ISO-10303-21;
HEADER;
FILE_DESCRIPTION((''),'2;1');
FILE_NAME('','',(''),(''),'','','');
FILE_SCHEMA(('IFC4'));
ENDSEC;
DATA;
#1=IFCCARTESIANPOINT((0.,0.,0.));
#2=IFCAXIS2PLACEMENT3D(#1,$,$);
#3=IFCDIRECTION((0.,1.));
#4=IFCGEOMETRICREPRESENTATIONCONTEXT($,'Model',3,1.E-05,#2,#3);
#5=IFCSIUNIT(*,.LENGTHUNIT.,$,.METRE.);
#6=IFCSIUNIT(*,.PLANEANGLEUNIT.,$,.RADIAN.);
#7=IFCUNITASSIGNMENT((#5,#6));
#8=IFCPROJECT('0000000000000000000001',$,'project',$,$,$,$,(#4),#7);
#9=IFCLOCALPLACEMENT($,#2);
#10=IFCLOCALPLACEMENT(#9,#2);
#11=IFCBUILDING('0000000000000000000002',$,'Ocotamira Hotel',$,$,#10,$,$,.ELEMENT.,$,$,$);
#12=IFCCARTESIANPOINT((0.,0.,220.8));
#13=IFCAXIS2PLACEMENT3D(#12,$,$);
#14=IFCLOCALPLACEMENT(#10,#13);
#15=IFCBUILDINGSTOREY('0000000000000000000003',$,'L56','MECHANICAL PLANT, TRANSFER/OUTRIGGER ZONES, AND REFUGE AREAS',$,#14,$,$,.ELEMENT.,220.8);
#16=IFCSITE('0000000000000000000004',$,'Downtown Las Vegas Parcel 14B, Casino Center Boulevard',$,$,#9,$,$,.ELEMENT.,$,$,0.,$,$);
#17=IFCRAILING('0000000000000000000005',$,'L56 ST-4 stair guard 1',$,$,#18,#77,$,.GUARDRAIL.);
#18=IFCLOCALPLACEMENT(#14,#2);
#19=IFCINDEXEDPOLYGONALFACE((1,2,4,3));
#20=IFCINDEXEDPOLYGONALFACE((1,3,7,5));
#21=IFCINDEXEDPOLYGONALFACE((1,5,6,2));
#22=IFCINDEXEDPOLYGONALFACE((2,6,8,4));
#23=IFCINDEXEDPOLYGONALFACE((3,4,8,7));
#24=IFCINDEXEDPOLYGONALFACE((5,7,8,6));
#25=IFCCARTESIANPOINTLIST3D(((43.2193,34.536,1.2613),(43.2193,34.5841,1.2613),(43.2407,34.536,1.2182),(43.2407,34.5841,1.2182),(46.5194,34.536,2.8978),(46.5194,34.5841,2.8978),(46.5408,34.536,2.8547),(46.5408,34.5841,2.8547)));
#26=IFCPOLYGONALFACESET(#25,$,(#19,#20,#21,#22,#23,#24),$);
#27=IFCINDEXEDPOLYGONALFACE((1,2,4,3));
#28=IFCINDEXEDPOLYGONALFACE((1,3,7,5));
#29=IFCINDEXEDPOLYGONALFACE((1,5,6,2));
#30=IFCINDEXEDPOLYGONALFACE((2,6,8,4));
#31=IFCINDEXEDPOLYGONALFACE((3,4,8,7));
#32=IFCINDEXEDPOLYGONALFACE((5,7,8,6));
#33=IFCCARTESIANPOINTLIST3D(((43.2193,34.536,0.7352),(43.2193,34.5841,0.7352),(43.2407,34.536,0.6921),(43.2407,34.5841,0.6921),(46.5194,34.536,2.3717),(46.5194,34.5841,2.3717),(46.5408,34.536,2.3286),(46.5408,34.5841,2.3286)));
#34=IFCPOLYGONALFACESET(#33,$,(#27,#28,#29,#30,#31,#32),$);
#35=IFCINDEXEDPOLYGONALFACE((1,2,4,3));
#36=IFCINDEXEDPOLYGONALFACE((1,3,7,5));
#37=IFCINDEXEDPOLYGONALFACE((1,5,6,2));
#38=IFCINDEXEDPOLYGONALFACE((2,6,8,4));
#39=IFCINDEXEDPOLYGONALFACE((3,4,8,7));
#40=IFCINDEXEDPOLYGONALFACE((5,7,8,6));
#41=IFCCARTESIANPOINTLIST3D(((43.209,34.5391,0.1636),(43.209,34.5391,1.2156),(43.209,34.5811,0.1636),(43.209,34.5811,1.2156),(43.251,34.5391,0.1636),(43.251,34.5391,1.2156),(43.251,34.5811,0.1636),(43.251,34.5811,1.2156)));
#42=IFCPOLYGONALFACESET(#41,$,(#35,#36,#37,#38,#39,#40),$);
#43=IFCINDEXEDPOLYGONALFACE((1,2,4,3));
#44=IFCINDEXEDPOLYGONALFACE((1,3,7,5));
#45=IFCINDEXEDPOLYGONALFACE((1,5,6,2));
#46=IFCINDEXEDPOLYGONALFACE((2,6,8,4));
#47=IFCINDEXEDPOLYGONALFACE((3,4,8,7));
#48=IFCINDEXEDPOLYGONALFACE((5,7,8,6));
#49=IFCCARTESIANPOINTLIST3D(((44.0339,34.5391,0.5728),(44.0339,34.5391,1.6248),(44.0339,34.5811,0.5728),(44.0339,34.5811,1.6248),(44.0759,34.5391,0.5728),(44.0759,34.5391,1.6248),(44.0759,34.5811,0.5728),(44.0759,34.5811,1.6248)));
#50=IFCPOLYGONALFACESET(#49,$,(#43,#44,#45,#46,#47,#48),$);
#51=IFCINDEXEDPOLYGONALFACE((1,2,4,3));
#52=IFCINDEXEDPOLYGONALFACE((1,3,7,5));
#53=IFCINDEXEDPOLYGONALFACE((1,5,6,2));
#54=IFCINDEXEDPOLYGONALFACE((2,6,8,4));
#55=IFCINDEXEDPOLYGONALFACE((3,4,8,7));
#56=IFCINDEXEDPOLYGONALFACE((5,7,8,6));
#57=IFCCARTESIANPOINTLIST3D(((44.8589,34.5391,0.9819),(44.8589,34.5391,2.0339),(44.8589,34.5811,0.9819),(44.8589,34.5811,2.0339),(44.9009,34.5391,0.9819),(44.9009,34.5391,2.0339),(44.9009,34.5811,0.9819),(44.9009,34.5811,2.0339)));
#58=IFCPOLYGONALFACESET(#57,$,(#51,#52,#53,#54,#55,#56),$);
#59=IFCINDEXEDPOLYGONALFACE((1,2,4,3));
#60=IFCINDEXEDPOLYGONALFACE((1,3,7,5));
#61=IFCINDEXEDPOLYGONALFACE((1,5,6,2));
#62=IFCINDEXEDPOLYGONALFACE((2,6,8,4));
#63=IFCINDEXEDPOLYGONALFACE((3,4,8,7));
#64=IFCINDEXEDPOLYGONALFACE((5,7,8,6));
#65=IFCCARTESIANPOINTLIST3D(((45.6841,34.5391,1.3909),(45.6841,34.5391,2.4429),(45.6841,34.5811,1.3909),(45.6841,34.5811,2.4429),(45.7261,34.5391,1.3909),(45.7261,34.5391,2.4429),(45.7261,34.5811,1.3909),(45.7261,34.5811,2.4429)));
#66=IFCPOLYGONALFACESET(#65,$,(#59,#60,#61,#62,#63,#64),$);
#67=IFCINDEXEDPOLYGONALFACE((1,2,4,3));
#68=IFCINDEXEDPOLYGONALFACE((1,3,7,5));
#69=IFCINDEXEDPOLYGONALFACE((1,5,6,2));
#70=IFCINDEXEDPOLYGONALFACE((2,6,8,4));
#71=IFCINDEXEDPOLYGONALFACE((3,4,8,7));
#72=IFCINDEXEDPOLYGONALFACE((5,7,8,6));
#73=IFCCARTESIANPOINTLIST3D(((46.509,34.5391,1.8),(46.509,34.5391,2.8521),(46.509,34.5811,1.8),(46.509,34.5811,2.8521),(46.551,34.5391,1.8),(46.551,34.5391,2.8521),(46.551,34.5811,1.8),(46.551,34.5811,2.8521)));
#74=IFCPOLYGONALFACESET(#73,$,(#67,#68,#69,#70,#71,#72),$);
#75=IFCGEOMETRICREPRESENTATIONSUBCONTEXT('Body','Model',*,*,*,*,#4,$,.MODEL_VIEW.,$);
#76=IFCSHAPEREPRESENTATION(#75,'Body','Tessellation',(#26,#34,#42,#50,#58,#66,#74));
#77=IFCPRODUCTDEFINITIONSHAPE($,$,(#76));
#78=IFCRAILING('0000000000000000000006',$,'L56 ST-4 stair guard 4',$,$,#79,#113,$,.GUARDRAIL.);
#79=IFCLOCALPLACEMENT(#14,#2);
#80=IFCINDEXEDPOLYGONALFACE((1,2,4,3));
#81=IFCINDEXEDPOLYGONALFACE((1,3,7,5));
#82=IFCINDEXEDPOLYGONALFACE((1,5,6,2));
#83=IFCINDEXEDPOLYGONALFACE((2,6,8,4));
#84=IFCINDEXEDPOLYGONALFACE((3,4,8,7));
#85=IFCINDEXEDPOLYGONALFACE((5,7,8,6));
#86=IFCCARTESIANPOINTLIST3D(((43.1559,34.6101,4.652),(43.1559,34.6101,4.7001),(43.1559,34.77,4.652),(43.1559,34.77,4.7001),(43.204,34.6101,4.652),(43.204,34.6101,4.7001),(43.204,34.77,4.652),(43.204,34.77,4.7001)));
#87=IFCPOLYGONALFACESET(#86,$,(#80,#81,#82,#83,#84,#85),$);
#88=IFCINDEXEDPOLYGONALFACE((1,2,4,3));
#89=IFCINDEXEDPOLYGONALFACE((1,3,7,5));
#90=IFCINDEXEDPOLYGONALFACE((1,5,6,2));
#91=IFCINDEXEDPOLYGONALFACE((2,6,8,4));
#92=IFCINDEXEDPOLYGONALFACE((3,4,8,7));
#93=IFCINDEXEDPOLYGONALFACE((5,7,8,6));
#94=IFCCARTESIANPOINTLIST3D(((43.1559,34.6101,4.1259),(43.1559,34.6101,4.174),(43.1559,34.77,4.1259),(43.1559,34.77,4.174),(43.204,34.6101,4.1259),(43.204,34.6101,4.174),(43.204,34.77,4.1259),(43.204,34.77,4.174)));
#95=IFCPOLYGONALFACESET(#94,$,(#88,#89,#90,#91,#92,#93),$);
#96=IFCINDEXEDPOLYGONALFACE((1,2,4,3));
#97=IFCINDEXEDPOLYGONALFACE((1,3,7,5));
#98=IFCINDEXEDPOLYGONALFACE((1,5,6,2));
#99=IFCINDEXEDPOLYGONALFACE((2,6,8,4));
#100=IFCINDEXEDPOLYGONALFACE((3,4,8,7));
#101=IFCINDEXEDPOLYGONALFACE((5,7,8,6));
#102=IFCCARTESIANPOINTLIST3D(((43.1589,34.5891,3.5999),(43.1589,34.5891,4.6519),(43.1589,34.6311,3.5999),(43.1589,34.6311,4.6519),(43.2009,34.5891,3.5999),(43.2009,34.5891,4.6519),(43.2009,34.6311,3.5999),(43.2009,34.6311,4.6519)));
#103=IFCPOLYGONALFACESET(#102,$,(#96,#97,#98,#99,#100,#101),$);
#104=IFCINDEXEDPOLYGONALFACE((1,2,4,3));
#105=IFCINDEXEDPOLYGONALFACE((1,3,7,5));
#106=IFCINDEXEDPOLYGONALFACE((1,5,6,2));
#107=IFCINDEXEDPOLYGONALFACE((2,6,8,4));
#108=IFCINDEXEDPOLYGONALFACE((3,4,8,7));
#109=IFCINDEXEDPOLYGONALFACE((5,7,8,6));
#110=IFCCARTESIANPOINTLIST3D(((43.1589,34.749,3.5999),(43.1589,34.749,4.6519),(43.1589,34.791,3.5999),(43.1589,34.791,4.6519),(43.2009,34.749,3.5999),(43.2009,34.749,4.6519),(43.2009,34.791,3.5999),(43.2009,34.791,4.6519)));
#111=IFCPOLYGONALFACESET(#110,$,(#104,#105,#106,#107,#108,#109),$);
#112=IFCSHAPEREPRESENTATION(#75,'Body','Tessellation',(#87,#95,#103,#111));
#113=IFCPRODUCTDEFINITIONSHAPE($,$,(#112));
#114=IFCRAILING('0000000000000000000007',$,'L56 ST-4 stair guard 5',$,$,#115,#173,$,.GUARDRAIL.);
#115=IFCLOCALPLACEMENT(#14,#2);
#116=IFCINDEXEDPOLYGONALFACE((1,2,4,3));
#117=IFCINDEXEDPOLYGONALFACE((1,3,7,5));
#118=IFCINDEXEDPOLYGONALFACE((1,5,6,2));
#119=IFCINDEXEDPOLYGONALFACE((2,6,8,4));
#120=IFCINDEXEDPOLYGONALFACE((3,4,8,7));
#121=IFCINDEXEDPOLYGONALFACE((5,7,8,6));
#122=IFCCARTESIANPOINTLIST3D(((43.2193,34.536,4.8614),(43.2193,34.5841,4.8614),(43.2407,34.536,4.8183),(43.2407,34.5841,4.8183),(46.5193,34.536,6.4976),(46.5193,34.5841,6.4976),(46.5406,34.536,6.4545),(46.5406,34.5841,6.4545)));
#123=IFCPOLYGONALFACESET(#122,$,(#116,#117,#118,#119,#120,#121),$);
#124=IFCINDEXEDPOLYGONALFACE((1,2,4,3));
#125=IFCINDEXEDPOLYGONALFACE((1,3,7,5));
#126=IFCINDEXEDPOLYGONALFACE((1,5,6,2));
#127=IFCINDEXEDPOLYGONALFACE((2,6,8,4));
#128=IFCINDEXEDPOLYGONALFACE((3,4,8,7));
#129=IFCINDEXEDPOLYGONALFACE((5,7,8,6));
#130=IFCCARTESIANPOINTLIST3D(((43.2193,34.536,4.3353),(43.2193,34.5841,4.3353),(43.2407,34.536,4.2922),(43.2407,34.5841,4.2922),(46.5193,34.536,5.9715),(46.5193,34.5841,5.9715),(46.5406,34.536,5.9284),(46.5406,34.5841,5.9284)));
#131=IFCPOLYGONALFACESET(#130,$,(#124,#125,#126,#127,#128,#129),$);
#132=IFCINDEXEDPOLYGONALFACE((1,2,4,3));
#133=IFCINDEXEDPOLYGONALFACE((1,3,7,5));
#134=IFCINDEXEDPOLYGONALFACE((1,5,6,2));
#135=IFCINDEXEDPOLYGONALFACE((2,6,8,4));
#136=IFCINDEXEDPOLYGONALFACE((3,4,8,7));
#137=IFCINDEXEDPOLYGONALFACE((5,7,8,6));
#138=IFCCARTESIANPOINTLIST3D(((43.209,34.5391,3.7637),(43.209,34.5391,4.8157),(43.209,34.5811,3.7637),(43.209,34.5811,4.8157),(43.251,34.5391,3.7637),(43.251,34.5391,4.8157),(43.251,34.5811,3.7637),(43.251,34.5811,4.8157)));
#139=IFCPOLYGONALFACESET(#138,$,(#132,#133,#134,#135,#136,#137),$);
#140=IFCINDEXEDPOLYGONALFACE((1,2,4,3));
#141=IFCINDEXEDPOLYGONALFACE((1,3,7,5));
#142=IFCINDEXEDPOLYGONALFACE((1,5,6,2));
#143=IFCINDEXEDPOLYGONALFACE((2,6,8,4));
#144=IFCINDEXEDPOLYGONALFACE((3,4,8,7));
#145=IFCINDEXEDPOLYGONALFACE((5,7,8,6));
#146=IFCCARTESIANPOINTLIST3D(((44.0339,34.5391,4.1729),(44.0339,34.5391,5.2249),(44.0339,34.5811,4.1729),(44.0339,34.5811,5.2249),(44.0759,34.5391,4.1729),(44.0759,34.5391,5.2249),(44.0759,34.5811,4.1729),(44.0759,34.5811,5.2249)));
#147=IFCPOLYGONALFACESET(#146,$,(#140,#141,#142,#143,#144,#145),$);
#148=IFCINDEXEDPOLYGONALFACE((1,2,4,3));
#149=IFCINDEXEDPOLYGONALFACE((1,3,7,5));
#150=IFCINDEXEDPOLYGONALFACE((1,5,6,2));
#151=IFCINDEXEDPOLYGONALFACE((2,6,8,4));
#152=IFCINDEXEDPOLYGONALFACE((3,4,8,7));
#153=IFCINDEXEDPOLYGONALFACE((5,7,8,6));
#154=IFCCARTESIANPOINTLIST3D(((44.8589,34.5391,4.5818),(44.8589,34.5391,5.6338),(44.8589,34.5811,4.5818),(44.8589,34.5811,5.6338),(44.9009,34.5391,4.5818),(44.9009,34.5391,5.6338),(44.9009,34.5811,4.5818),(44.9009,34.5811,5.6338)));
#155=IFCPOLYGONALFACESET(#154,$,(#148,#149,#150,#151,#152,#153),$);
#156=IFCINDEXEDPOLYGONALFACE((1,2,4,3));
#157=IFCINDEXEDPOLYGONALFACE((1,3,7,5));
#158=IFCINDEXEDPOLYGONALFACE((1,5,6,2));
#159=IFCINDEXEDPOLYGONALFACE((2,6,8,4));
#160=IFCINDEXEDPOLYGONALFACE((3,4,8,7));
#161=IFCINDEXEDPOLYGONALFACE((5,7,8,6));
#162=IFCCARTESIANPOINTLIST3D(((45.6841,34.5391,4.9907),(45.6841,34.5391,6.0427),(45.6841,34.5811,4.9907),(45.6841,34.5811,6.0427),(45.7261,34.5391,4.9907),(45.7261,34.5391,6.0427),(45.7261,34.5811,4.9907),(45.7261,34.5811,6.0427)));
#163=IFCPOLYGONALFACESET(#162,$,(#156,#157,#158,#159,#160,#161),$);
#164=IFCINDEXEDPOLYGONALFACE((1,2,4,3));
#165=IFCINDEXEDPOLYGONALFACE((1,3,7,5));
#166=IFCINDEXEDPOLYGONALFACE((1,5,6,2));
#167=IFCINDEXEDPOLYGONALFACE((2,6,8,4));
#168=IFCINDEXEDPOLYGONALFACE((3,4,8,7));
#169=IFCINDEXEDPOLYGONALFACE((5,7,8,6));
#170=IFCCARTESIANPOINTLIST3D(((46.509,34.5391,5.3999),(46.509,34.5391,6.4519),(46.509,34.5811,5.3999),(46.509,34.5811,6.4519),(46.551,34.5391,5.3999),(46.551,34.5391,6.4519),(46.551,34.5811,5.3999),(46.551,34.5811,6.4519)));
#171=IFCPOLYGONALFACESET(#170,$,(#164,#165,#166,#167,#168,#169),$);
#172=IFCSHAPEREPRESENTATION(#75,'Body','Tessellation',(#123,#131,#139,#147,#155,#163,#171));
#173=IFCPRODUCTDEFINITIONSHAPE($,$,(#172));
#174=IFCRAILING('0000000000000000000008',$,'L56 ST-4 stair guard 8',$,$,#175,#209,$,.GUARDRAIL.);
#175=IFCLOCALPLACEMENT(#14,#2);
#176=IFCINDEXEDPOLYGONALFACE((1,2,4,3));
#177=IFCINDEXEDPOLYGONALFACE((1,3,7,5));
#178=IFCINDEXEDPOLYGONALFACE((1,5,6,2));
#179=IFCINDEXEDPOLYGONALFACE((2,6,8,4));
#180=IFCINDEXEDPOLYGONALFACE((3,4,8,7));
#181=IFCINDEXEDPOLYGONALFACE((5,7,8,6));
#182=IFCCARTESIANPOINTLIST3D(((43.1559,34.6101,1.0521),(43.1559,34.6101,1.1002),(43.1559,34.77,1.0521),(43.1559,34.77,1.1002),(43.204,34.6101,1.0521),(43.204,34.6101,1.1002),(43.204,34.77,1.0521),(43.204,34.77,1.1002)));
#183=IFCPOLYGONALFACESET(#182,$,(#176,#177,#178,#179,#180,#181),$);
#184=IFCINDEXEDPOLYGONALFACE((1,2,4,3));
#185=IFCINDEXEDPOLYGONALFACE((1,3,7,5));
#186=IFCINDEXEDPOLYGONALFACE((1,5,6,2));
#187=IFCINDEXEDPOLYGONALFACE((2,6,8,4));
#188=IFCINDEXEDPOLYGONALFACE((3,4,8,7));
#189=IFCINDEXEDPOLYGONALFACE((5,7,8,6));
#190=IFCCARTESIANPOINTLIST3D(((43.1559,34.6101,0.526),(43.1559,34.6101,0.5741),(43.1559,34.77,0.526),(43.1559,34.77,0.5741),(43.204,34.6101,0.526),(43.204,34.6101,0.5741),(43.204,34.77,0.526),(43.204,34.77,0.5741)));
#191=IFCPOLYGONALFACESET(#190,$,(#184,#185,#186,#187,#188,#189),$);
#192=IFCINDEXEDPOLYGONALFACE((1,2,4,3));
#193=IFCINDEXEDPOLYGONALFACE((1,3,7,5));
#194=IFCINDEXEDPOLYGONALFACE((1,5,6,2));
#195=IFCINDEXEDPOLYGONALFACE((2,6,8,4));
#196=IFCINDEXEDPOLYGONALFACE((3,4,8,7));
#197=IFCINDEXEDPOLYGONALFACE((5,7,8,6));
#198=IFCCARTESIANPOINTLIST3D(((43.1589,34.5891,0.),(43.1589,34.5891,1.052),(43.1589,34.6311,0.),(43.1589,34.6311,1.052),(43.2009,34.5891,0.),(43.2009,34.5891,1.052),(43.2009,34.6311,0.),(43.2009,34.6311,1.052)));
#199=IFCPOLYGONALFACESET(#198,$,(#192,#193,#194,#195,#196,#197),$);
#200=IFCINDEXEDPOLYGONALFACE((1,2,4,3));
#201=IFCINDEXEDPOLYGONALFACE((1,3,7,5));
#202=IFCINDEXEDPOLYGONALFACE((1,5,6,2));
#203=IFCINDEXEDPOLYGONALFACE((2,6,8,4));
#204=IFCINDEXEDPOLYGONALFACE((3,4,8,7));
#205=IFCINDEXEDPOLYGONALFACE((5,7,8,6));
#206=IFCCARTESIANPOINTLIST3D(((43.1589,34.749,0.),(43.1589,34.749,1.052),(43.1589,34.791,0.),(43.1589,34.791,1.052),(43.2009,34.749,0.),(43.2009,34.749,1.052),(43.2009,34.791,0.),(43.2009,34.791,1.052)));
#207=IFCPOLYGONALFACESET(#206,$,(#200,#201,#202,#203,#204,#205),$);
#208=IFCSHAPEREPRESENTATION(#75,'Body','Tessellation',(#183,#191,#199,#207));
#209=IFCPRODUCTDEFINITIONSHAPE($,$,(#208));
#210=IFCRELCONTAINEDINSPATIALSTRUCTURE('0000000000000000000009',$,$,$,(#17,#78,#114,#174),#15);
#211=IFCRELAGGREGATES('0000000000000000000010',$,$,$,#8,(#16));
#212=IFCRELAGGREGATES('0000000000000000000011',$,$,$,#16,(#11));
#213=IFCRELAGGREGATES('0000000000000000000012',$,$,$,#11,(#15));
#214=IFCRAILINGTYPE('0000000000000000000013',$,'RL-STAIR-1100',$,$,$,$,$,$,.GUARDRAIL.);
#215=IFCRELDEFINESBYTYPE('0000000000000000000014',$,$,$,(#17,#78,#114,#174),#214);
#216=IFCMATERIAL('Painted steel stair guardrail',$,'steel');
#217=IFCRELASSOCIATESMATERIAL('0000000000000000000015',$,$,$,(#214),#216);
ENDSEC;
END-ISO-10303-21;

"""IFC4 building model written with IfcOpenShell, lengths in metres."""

from ifc_helpers import new_model, si_unit, direction, frame, origin, origin_2d, place, context, subcontext, project, spatial, rectangle, extrude, material, type_object, element, save


model = new_model("IFC4")

# Units and contexts
model_context = context("Model", 3, precision=1e-05, world=origin(), true_north=direction((0.0, 1.0)))
body_context = subcontext(model_context, "Body", "Model", "MODEL_VIEW")
ifc_project = project(units=[si_unit("LENGTHUNIT", "METRE"), si_unit("PLANEANGLEUNIT", "RADIAN")], contexts=[model_context])

# Site, building, storey
site_placement = place(None, origin())
site = spatial("IfcSite", under=ifc_project, at=site_placement, Name="Downtown Las Vegas Parcel 14B, Casino Center Boulevard", CompositionType="ELEMENT", RefElevation=0.0)
building_placement = place(site_placement, origin())
building = spatial("IfcBuilding", under=site, at=building_placement, Name="Ocotamira Hotel", CompositionType="ELEMENT")
storey_placement = place(building_placement, frame((0.0, 0.0, 220.8)))
storey = spatial("IfcBuildingStorey", under=building, at=storey_placement, Name="L56", Description="MECHANICAL PLANT, TRANSFER/OUTRIGGER ZONES, AND REFUGE AREAS", CompositionType="ELEMENT", Elevation=220.8)

# Railings
ifc_material_1 = material(Name="Painted steel stair guardrail", Category="steel")
railing_type_1 = type_object("IfcRailingType", Name="RL-STAIR-1100", PredefinedType="GUARDRAIL", material=ifc_material_1)
railing_1_placement = place(storey_placement, frame((43.23, 34.5601, 0.1636)))
element("IfcRailing", 1, at=railing_1_placement, inside=storey, type_object=railing_type_1, Name="L56 ST-4 stair guard 1", PredefinedType="GUARDRAIL", context=body_context, shape_type="SweptSolid", body=[
    extrude(rectangle(XDim=0.0481, YDim=0.0481, at=origin_2d()), frame((0.0, 0.0, 1.0762), z_axis=(0.895894, 0.0, 0.444268), x_axis=(0.0, 1.0, 0.0)), (0.0, 0.0, 1.0), 3.6836),
    extrude(rectangle(XDim=0.0481, YDim=0.0481, at=origin_2d()), frame((0.0, 0.0, 0.55), z_axis=(0.895894, 0.0, 0.444268), x_axis=(0.0, 1.0, 0.0)), (0.0, 0.0, 1.0), 3.6836),
    extrude(rectangle(XDim=0.042, YDim=0.042, at=origin_2d()), origin(), (0.0, 0.0, 1.0), 1.052),
    extrude(rectangle(XDim=0.042, YDim=0.042, at=origin_2d()), frame((0.825, 0.0, 0.4092)), (0.0, 0.0, 1.0), 1.052),
    extrude(rectangle(XDim=0.042, YDim=0.042, at=origin_2d()), frame((1.6499, 0.0, 0.8184)), (0.0, 0.0, 1.0), 1.052),
    extrude(rectangle(XDim=0.042, YDim=0.042, at=origin_2d()), frame((2.4751, 0.0, 1.2273)), (0.0, 0.0, 1.0), 1.052),
    extrude(rectangle(XDim=0.042, YDim=0.042, at=origin_2d()), frame((3.3, 0.0, 1.6365)), (0.0, 0.0, 1.0), 1.052),
])
railing_2_placement = place(storey_placement, frame((43.1799, 34.6101, 3.5999)))
element("IfcRailing", 2, at=railing_2_placement, inside=storey, type_object=railing_type_1, Name="L56 ST-4 stair guard 4", PredefinedType="GUARDRAIL", context=body_context, shape_type="SweptSolid", body=[
    extrude(rectangle(XDim=0.0481, YDim=0.0481, at=origin_2d()), frame((0.0, 0.0, 1.0762), z_axis=(0.0, 1.0, 0.0), x_axis=(-1.0, 0.0, 0.0)), (0.0, 0.0, 1.0), 0.1599),
    extrude(rectangle(XDim=0.0481, YDim=0.0481, at=origin_2d()), frame((0.0, 0.0, 0.55), z_axis=(0.0, 1.0, 0.0), x_axis=(-1.0, 0.0, 0.0)), (0.0, 0.0, 1.0), 0.1599),
    extrude(rectangle(XDim=0.042, YDim=0.042, at=origin_2d()), origin(), (0.0, 0.0, 1.0), 1.052),
    extrude(rectangle(XDim=0.042, YDim=0.042, at=origin_2d()), frame((0.0, 0.1599, 0.0)), (0.0, 0.0, 1.0), 1.052),
])
railing_3_placement = place(storey_placement, frame((43.23, 34.5601, 3.7637)))
element("IfcRailing", 3, at=railing_3_placement, inside=storey, type_object=railing_type_1, Name="L56 ST-4 stair guard 5", PredefinedType="GUARDRAIL", context=body_context, shape_type="SweptSolid", body=[
    extrude(rectangle(XDim=0.0481, YDim=0.0481, at=origin_2d()), frame((0.0, 0.0, 1.0762), z_axis=(0.89592, 0.0, 0.444215), x_axis=(0.0, 1.0, 0.0)), (0.0, 0.0, 1.0), 3.6833),
    extrude(rectangle(XDim=0.0481, YDim=0.0481, at=origin_2d()), frame((0.0, 0.0, 0.55), z_axis=(0.89592, 0.0, 0.444215), x_axis=(0.0, 1.0, 0.0)), (0.0, 0.0, 1.0), 3.6833),
    extrude(rectangle(XDim=0.042, YDim=0.042, at=origin_2d()), origin(), (0.0, 0.0, 1.0), 1.052),
    extrude(rectangle(XDim=0.042, YDim=0.042, at=origin_2d()), frame((0.825, 0.0, 0.4092)), (0.0, 0.0, 1.0), 1.052),
    extrude(rectangle(XDim=0.042, YDim=0.042, at=origin_2d()), frame((1.6499, 0.0, 0.8181)), (0.0, 0.0, 1.0), 1.052),
    extrude(rectangle(XDim=0.042, YDim=0.042, at=origin_2d()), frame((2.4751, 0.0, 1.2271)), (0.0, 0.0, 1.0), 1.052),
    extrude(rectangle(XDim=0.042, YDim=0.042, at=origin_2d()), frame((3.3, 0.0, 1.6362)), (0.0, 0.0, 1.0), 1.052),
])
railing_4_placement = place(storey_placement, frame((43.1799, 34.6101, 0.0)))
element("IfcRailing", 4, at=railing_4_placement, inside=storey, type_object=railing_type_1, Name="L56 ST-4 stair guard 8", PredefinedType="GUARDRAIL", context=body_context, shape_type="SweptSolid", body=[
    extrude(rectangle(XDim=0.0481, YDim=0.0481, at=origin_2d()), frame((0.0, 0.0, 1.0762), z_axis=(0.0, 1.0, 0.0), x_axis=(-1.0, 0.0, 0.0)), (0.0, 0.0, 1.0), 0.1599),
    extrude(rectangle(XDim=0.0481, YDim=0.0481, at=origin_2d()), frame((0.0, 0.0, 0.55), z_axis=(0.0, 1.0, 0.0), x_axis=(-1.0, 0.0, 0.0)), (0.0, 0.0, 1.0), 0.1599),
    extrude(rectangle(XDim=0.042, YDim=0.042, at=origin_2d()), origin(), (0.0, 0.0, 1.0), 1.052),
    extrude(rectangle(XDim=0.042, YDim=0.042, at=origin_2d()), frame((0.0, 0.1599, 0.0)), (0.0, 0.0, 1.0), 1.052),
])

save(model, "model.ifc")
